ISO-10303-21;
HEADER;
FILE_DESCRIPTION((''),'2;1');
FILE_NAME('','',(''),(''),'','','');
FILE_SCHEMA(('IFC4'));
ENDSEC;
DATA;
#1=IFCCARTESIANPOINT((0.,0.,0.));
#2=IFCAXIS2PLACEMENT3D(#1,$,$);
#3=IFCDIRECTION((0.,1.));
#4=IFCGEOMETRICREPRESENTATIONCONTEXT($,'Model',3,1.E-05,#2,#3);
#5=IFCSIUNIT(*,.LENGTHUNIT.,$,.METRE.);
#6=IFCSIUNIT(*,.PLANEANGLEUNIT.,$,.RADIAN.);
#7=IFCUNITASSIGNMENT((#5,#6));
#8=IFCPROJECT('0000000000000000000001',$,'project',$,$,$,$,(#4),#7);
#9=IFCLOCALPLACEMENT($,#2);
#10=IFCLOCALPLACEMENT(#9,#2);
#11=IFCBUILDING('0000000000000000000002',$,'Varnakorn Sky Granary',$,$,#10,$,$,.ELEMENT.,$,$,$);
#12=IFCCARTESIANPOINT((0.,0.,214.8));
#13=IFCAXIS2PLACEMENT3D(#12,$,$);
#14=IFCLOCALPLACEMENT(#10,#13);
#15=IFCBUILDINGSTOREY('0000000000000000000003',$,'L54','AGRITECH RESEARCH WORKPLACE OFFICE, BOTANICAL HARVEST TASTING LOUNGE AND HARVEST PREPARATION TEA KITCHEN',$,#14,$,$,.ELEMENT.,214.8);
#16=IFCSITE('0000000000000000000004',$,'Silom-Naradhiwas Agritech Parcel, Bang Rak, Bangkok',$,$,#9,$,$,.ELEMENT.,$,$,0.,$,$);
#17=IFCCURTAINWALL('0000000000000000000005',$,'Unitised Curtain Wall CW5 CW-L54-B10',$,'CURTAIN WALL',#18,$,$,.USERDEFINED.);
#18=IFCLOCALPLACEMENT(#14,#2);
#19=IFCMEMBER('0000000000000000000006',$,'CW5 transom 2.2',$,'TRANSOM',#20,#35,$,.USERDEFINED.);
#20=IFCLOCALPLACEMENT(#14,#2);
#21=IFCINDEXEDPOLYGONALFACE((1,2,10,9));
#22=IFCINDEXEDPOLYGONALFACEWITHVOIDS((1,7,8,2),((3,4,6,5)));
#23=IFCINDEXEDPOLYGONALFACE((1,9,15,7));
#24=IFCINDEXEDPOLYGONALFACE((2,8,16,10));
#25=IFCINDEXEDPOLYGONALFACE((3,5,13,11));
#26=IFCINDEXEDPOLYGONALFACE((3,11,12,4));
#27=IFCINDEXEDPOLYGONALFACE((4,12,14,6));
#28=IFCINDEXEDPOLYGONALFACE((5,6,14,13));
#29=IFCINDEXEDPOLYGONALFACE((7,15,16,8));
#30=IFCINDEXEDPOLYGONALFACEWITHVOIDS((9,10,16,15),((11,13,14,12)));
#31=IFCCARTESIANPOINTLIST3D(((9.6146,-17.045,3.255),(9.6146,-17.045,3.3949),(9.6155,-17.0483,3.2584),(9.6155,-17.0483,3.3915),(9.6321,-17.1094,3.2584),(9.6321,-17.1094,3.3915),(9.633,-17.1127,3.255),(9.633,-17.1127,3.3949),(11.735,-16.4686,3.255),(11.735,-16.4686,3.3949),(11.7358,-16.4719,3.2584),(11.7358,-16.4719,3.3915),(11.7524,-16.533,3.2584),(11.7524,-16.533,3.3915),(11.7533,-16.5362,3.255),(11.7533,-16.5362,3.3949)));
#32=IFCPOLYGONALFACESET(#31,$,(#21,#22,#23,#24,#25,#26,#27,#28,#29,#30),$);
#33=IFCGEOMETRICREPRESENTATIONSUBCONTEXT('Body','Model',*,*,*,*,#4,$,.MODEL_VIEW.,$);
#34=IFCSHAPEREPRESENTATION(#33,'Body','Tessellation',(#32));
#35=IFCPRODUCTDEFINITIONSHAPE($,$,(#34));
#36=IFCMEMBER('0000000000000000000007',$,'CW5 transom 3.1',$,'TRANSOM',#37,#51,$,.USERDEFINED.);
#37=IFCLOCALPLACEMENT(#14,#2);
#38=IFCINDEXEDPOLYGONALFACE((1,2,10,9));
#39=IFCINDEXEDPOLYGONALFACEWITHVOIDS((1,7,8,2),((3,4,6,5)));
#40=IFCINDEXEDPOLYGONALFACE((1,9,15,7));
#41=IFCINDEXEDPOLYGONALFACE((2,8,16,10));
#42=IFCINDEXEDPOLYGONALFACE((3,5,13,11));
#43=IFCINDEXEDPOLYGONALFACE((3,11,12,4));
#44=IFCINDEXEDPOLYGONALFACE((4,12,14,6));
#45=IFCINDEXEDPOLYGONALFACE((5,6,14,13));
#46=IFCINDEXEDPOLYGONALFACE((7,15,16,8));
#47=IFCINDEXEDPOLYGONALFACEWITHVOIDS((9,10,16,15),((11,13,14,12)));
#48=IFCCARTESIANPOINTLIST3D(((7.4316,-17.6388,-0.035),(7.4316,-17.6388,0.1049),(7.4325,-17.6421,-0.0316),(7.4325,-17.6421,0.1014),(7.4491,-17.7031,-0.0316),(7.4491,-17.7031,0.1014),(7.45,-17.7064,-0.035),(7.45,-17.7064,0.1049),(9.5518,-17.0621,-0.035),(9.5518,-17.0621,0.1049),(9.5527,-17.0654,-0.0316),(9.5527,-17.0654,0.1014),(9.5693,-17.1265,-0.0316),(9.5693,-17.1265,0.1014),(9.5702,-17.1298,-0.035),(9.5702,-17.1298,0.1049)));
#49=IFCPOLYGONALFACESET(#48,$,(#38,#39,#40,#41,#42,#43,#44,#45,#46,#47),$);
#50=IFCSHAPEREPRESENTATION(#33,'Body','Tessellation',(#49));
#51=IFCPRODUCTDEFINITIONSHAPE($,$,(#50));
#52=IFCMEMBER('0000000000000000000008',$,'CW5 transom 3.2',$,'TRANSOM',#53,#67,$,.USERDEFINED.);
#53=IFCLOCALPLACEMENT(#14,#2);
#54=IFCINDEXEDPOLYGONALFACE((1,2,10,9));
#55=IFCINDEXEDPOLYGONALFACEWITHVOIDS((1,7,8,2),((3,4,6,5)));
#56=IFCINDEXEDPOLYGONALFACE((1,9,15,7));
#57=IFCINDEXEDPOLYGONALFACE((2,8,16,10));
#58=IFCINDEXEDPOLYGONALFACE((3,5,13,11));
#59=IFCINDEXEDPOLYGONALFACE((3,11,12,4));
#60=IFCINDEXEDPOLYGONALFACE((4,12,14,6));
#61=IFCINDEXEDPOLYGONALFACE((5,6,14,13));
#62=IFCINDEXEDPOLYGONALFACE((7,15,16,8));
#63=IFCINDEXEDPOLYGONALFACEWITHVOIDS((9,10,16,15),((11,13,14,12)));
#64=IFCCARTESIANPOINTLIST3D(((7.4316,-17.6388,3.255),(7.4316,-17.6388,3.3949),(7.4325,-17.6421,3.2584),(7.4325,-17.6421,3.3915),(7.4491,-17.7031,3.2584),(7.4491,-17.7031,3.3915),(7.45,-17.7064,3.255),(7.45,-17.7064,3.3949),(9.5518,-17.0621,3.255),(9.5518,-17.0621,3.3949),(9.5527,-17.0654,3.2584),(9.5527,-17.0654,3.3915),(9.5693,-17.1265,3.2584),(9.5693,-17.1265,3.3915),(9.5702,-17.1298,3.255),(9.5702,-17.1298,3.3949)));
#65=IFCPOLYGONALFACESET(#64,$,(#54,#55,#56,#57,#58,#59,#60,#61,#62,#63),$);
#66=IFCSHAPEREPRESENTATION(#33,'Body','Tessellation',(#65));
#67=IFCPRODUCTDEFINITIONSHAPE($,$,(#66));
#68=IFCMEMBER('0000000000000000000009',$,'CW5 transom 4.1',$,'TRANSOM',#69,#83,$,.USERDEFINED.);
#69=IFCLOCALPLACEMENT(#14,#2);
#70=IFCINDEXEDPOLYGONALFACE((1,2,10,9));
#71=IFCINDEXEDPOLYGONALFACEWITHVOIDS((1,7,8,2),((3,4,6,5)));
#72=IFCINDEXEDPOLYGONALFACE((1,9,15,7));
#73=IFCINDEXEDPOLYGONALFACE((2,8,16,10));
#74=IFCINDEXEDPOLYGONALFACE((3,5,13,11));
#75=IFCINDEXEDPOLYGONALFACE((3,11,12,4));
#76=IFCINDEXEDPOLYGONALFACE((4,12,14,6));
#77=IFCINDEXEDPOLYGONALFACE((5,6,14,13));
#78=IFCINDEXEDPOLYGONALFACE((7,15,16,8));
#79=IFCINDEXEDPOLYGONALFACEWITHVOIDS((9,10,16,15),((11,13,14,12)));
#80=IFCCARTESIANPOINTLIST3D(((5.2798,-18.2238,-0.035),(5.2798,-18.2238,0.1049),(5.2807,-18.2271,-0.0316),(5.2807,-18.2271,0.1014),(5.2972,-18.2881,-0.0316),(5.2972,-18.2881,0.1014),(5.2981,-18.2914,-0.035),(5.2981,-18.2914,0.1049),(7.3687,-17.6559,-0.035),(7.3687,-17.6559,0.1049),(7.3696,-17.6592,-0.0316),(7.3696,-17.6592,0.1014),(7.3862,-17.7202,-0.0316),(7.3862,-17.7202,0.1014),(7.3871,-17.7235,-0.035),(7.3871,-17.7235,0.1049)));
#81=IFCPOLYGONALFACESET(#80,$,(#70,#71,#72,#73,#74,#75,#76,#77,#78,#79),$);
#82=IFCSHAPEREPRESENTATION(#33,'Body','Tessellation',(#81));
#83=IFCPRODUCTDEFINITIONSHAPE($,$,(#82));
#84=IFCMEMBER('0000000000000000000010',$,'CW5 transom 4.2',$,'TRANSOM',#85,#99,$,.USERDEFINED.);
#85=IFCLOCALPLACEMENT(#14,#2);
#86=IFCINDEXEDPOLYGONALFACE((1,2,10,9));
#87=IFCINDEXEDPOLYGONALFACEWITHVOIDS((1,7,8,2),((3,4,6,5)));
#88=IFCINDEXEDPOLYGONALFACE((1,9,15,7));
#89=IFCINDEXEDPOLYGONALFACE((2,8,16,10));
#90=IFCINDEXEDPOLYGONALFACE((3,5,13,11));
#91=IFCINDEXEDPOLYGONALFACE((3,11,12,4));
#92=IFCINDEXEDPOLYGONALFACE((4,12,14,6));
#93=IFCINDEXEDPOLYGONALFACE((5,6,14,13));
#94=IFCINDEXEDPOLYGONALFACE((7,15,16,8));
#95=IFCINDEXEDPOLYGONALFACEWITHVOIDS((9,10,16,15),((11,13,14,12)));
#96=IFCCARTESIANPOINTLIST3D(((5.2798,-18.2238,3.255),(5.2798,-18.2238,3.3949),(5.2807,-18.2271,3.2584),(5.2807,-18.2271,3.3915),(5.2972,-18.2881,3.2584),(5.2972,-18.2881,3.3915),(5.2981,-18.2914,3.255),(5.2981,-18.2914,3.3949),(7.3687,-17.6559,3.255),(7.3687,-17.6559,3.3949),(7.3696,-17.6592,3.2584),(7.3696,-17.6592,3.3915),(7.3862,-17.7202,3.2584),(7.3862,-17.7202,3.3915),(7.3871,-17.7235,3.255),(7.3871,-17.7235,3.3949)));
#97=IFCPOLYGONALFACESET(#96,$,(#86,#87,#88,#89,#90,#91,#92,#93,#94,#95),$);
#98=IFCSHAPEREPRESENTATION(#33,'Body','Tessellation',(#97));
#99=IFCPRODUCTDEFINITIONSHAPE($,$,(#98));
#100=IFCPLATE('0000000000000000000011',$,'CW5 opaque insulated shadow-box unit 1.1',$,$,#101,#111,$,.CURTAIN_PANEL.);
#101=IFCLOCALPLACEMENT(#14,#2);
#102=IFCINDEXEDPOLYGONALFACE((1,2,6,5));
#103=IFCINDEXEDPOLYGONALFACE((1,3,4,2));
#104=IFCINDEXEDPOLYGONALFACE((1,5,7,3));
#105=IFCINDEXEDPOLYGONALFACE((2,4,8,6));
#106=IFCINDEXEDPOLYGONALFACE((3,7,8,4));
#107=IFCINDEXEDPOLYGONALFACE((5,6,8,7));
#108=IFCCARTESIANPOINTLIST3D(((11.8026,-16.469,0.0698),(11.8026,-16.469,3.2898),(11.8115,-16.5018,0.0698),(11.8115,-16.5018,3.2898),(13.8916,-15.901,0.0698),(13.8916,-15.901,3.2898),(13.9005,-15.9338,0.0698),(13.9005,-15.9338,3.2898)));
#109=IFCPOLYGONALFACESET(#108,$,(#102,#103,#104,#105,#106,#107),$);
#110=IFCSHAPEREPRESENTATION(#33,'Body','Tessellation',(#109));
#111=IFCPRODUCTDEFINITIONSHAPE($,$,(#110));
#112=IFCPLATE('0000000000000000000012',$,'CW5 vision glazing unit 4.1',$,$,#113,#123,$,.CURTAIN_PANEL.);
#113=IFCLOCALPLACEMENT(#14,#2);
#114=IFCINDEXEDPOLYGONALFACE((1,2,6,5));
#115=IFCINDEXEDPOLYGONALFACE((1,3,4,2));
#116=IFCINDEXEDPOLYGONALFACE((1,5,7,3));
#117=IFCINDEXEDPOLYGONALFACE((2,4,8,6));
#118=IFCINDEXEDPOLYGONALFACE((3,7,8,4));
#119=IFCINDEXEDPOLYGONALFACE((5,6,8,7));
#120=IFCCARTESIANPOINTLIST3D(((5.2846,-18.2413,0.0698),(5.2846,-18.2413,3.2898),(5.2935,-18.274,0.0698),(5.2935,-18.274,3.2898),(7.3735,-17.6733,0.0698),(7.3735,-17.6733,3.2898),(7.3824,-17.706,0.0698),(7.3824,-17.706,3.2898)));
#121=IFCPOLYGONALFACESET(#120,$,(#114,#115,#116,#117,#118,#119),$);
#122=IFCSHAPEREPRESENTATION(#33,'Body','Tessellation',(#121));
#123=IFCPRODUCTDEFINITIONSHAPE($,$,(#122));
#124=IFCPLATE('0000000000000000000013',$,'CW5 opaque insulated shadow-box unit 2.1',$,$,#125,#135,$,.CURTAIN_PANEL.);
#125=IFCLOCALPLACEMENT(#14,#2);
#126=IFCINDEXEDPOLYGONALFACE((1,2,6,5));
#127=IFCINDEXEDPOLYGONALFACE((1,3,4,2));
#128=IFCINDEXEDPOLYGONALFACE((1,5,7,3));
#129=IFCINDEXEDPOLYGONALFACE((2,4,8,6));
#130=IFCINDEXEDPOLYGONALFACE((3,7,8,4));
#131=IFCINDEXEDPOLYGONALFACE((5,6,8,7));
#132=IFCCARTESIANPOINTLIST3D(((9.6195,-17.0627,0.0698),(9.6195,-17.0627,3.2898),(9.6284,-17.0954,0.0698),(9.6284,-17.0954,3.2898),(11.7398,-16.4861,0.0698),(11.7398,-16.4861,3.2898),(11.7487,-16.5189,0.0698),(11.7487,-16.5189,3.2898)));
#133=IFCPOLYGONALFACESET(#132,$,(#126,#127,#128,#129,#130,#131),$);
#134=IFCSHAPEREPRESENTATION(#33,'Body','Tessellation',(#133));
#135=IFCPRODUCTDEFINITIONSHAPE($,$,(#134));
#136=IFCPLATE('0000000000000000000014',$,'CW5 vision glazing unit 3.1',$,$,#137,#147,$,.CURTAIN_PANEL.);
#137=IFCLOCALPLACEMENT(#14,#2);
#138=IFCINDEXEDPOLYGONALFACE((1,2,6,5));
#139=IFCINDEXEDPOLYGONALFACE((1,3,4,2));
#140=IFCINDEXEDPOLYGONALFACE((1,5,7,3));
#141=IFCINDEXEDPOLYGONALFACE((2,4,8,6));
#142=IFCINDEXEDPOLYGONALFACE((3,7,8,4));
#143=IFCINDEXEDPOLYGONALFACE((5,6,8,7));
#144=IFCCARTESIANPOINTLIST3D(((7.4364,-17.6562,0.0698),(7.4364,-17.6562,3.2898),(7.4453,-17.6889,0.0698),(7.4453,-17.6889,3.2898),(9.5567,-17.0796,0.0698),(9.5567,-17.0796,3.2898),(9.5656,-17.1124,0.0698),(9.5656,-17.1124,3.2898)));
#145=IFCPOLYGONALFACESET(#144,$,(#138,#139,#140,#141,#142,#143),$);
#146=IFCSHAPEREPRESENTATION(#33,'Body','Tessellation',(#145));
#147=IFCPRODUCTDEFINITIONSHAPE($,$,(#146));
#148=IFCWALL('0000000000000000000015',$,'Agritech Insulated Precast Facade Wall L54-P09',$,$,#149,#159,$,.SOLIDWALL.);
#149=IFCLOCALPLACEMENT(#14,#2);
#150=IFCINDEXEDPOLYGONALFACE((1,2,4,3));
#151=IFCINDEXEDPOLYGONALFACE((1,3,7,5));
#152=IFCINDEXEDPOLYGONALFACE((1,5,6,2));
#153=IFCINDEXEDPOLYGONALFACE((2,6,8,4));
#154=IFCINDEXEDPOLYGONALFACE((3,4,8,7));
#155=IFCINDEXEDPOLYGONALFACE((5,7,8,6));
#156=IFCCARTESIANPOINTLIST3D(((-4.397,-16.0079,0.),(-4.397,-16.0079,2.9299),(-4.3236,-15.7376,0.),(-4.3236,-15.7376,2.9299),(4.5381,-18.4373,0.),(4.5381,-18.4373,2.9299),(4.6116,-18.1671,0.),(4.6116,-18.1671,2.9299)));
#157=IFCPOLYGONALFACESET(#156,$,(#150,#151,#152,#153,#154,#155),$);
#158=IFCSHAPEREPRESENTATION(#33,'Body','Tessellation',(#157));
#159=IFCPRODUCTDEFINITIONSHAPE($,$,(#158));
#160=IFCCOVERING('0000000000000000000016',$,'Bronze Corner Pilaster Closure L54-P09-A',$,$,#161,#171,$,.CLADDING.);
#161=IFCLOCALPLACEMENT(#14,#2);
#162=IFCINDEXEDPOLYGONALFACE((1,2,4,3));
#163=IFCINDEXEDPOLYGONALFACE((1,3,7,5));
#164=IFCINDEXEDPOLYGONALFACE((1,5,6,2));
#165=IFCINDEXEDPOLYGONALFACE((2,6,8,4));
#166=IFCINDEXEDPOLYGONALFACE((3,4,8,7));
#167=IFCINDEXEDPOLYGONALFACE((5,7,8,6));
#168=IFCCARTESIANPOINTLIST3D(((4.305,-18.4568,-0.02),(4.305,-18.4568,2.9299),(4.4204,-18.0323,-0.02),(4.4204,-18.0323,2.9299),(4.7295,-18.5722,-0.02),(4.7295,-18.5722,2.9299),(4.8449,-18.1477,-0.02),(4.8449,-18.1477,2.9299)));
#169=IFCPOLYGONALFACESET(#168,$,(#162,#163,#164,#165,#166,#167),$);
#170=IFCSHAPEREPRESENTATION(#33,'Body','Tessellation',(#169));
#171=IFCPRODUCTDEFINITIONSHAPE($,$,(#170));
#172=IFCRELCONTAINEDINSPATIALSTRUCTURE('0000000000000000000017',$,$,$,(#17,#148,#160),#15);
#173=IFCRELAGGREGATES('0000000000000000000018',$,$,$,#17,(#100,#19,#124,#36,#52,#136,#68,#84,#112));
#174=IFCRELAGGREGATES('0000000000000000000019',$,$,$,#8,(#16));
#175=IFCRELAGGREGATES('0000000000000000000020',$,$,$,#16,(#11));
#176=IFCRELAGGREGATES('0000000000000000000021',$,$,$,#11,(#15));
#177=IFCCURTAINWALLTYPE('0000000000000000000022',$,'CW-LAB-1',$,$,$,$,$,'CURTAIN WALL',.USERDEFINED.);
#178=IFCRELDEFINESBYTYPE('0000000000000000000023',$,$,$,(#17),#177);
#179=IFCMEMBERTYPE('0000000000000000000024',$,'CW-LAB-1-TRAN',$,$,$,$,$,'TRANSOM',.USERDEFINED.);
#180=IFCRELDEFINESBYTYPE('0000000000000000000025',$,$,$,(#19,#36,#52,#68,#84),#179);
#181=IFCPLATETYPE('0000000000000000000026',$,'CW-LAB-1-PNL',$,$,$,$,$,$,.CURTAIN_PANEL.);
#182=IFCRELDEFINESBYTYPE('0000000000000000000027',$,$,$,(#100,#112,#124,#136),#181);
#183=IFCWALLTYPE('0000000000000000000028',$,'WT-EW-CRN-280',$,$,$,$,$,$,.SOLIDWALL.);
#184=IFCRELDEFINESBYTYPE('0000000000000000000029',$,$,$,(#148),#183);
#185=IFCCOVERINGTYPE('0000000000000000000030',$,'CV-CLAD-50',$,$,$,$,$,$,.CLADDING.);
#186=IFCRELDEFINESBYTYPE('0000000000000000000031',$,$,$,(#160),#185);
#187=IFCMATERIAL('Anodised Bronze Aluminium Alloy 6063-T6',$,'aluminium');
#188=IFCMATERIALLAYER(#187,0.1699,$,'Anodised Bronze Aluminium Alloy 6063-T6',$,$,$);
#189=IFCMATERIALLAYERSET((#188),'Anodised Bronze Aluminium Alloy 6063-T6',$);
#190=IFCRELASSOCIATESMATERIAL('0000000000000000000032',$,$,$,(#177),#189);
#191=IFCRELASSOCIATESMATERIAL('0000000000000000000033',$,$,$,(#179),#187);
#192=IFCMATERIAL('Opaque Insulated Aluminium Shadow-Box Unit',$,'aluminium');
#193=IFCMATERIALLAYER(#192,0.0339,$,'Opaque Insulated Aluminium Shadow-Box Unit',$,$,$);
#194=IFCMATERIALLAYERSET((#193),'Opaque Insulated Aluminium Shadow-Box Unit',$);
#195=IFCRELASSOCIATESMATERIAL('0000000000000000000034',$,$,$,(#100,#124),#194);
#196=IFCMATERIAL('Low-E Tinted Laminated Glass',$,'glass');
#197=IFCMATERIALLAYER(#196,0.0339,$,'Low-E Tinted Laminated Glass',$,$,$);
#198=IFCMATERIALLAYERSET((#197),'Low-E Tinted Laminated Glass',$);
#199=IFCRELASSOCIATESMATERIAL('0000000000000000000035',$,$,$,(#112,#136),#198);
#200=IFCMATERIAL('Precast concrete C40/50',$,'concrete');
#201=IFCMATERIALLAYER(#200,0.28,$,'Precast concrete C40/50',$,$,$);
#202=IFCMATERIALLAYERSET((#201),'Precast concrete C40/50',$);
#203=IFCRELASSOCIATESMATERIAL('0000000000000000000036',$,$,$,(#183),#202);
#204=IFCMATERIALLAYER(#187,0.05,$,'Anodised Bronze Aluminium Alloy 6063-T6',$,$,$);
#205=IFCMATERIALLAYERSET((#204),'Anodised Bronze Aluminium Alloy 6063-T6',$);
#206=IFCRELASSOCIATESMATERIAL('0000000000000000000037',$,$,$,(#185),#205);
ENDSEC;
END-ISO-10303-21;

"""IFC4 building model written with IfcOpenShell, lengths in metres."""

from ifc_helpers import new_model, si_unit, direction, frame, frame_2d, origin, origin_2d, place, context, subcontext, project, spatial, rectangle, hollow_rectangle, extrude, source, transform, mapped, material, layer, layer_set, material_profile, profile_set, type_object, type_shapes, element, aggregate, save


model = new_model("IFC4")

# Units and contexts
model_context = context("Model", 3, precision=1e-05, world=origin(), true_north=direction((0.0, 1.0)))
body_context = subcontext(model_context, "Body", "Model", "MODEL_VIEW")
ifc_project = project(units=[si_unit("LENGTHUNIT", "METRE"), si_unit("PLANEANGLEUNIT", "RADIAN")], contexts=[model_context])

# Site, building, storey
site_placement = place(None, origin())
site = spatial("IfcSite", under=ifc_project, at=site_placement, Name="Silom-Naradhiwas Agritech Parcel, Bang Rak, Bangkok", CompositionType="ELEMENT", RefElevation=0.0)
building_placement = place(site_placement, origin())
building = spatial("IfcBuilding", under=site, at=building_placement, Name="Varnakorn Sky Granary", CompositionType="ELEMENT")
storey_placement = place(building_placement, frame((0.0, 0.0, 214.8)))
storey = spatial("IfcBuildingStorey", under=building, at=storey_placement, Name="L54", Description="AGRITECH RESEARCH WORKPLACE OFFICE, BOTANICAL HARVEST TASTING LOUNGE AND HARVEST PREPARATION TEA KITCHEN", CompositionType="ELEMENT", Elevation=214.8)

# Curtain wall, members, plates
ifc_material_1 = material(Name="Anodised Bronze Aluminium Alloy 6063-T6", Category="aluminium")
ifc_layer_1 = layer(ifc_material_1, 0.1699, Name="Anodised Bronze Aluminium Alloy 6063-T6")
ifc_layer_set_1 = layer_set([ifc_layer_1], Name="Anodised Bronze Aluminium Alloy 6063-T6")
curtain_wall_type = type_object("IfcCurtainWallType", Name="CW-LAB-1", ElementType="CURTAIN WALL", PredefinedType="USERDEFINED", material=ifc_layer_set_1)
curtain_wall_placement = place(storey_placement, origin())
curtain_wall = element("IfcCurtainWall", 1, at=curtain_wall_placement, inside=storey, type_object=curtain_wall_type, Name="Unitised Curtain Wall CW5 CW-L54-B10", ObjectType="CURTAIN WALL", PredefinedType="USERDEFINED")
ifc_material_profile_1 = material_profile(ifc_material_1, hollow_rectangle(XDim=0.0701, YDim=0.1399, WallThickness=0.0034, at=origin_2d()), Name="ALU TRAN 70x140")
ifc_profile_set_1 = profile_set([ifc_material_profile_1], Name="Anodised Bronze Aluminium Alloy 6063-T6")
member_type_1 = type_object("IfcMemberType", Name="CW-LAB-1-TRAN", ElementType="TRANSOM", PredefinedType="USERDEFINED", material=ifc_profile_set_1)
member_1_placement = place(storey_placement, frame((11.7441, -16.5024, 3.325), z_axis=(-0.964979, -0.262328, 0.0), x_axis=(0.262328, -0.964979, 0.0)))
member_1 = element("IfcMember", 2, at=member_1_placement, type_object=member_type_1, Name="CW5 transom 2.2", ObjectType="TRANSOM", PredefinedType="USERDEFINED", context=body_context, shape_type="SweptSolid", body=[
    extrude(hollow_rectangle(XDim=0.0701, YDim=0.1399, WallThickness=0.0034, at=origin_2d()), origin(), (0.0, 0.0, 1.0), 2.1973),
])
member_2_placement = place(storey_placement, frame((9.561, -17.0959, 0.0349), z_axis=(-0.964951, -0.262431, 0.0), x_axis=(0.262431, -0.964951, 0.0)))
member_2 = element("IfcMember", 3, at=member_2_placement, type_object=member_type_1, Name="CW5 transom 3.1", ObjectType="TRANSOM", PredefinedType="USERDEFINED", context=body_context, shape_type="SweptSolid", body=[
    extrude(hollow_rectangle(XDim=0.0701, YDim=0.1399, WallThickness=0.0034, at=origin_2d()), origin(), (0.0, 0.0, 1.0), 2.1973),
])
member_3_placement = place(storey_placement, frame((9.561, -17.0959, 3.325), z_axis=(-0.964951, -0.262431, 0.0), x_axis=(0.262431, -0.964951, 0.0)))
member_3 = element("IfcMember", 4, at=member_3_placement, type_object=member_type_1, Name="CW5 transom 3.2", ObjectType="TRANSOM", PredefinedType="USERDEFINED", context=body_context, shape_type="SweptSolid", body=[
    extrude(hollow_rectangle(XDim=0.0701, YDim=0.1399, WallThickness=0.0034, at=origin_2d()), origin(), (0.0, 0.0, 1.0), 2.1973),
])
member_4_placement = place(storey_placement, frame((7.3779, -17.6897, 0.0349), z_axis=(-0.964977, -0.262335, 0.0), x_axis=(0.262335, -0.964977, 0.0)))
member_4 = element("IfcMember", 5, at=member_4_placement, type_object=member_type_1, Name="CW5 transom 4.1", ObjectType="TRANSOM", PredefinedType="USERDEFINED", context=body_context, shape_type="SweptSolid", body=[
    extrude(hollow_rectangle(XDim=0.0701, YDim=0.1399, WallThickness=0.0034, at=origin_2d()), origin(), (0.0, 0.0, 1.0), 2.1648),
])
member_5_placement = place(storey_placement, frame((7.3779, -17.6897, 3.325), z_axis=(-0.964977, -0.262335, 0.0), x_axis=(0.262335, -0.964977, 0.0)))
member_5 = element("IfcMember", 6, at=member_5_placement, type_object=member_type_1, Name="CW5 transom 4.2", ObjectType="TRANSOM", PredefinedType="USERDEFINED", context=body_context, shape_type="SweptSolid", body=[
    extrude(hollow_rectangle(XDim=0.0701, YDim=0.1399, WallThickness=0.0034, at=origin_2d()), origin(), (0.0, 0.0, 1.0), 2.1648),
])
ifc_material_2 = material(Name="Opaque Insulated Aluminium Shadow-Box Unit", Category="aluminium")
ifc_layer_2 = layer(ifc_material_2, 0.0339, Name="Opaque Insulated Aluminium Shadow-Box Unit")
ifc_layer_set_2 = layer_set([ifc_layer_2], Name="Opaque Insulated Aluminium Shadow-Box Unit")
plate_type = type_object("IfcPlateType", Name="CW-LAB-1-PNL", PredefinedType="CURTAIN_PANEL")
shared_shape_1 = source(origin(), body_context, "Body", "SweptSolid", [
    extrude(rectangle(XDim=2.1648, YDim=0.0339, at=origin_2d()), origin(), (0.0, 0.0, 1.0), 3.22),
])
plate_1_placement = place(storey_placement, frame((12.8516, -16.2014, 0.0698), z_axis=(0.0, 0.0, 1.0), x_axis=(-0.964964, -0.262381, 0.0)))
plate_1 = element("IfcPlate", 7, at=plate_1_placement, type_object=plate_type, material=ifc_layer_set_2, Name="CW5 opaque insulated shadow-box unit 1.1", PredefinedType="CURTAIN_PANEL", context=body_context, shape_type="MappedRepresentation", body=[
    mapped(shared_shape_1, transform((0.0, 0.0, 0.0), x_axis=(1.0, 0.0, 0.0), y_axis=(0.0, 1.0, 0.0), z_axis=(0.0, 0.0, 1.0), scale=1.0)),
])
ifc_material_3 = material(Name="Low-E Tinted Laminated Glass", Category="glass")
ifc_layer_3 = layer(ifc_material_3, 0.0339, Name="Low-E Tinted Laminated Glass")
ifc_layer_set_3 = layer_set([ifc_layer_3], Name="Low-E Tinted Laminated Glass")
plate_2_placement = place(storey_placement, frame((6.3335, -17.9736, 0.0698), z_axis=(0.0, 0.0, 1.0), x_axis=(-0.964964, -0.262381, 0.0)))
plate_2 = element("IfcPlate", 8, at=plate_2_placement, type_object=plate_type, material=ifc_layer_set_3, Name="CW5 vision glazing unit 4.1", PredefinedType="CURTAIN_PANEL", context=body_context, shape_type="MappedRepresentation", body=[
    mapped(shared_shape_1, transform((0.0, 0.0, 0.0), x_axis=(1.0, 0.0, 0.0), y_axis=(0.0, 1.0, 0.0), z_axis=(0.0, 0.0, 1.0), scale=1.0)),
])
shared_shape_2 = source(origin(), body_context, "Body", "SweptSolid", [
    extrude(rectangle(XDim=2.1973, YDim=0.0339, at=origin_2d()), origin(), (0.0, 0.0, 1.0), 3.22),
])
type_shapes(plate_type, [shared_shape_1, shared_shape_2])
plate_3_placement = place(storey_placement, frame((10.6841, -16.7908, 0.0698), z_axis=(0.0, 0.0, 1.0), x_axis=(-0.964964, -0.262381, 0.0)))
plate_3 = element("IfcPlate", 9, at=plate_3_placement, type_object=plate_type, material=ifc_layer_set_2, Name="CW5 opaque insulated shadow-box unit 2.1", PredefinedType="CURTAIN_PANEL", context=body_context, shape_type="MappedRepresentation", body=[
    mapped(shared_shape_2, transform((0.0, 0.0, 0.0), x_axis=(1.0, 0.0, 0.0), y_axis=(0.0, 1.0, 0.0), z_axis=(0.0, 0.0, 1.0), scale=1.0)),
])
plate_4_placement = place(storey_placement, frame((8.501, -17.3843, 0.0698), z_axis=(0.0, 0.0, 1.0), x_axis=(-0.964964, -0.262381, 0.0)))
plate_4 = element("IfcPlate", 10, at=plate_4_placement, type_object=plate_type, material=ifc_layer_set_3, Name="CW5 vision glazing unit 3.1", PredefinedType="CURTAIN_PANEL", context=body_context, shape_type="MappedRepresentation", body=[
    mapped(shared_shape_2, transform((0.0, 0.0, 0.0), x_axis=(1.0, 0.0, 0.0), y_axis=(0.0, 1.0, 0.0), z_axis=(0.0, 0.0, 1.0), scale=1.0)),
])
aggregate(curtain_wall, [plate_1, member_1, plate_3, member_2, member_3, plate_4, member_4, member_5, plate_2])

# Wall
ifc_material_4 = material(Name="Precast concrete C40/50", Category="concrete")
ifc_layer_4 = layer(ifc_material_4, 0.28, Name="Precast concrete C40/50")
ifc_layer_set_4 = layer_set([ifc_layer_4], Name="Precast concrete C40/50")
wall_type = type_object("IfcWallType", Name="WT-EW-CRN-280", PredefinedType="SOLIDWALL", material=ifc_layer_set_4)
wall_placement = place(storey_placement, frame((4.575, -18.3022, 0.0), z_axis=(0.0, 0.0, 1.0), x_axis=(-0.964966, 0.262374, 0.0)))
element("IfcWall", 11, at=wall_placement, inside=storey, type_object=wall_type, Name="Agritech Insulated Precast Facade Wall L54-P09", PredefinedType="SOLIDWALL", context=body_context, shape_type="SweptSolid", body=[
    extrude(rectangle(XDim=9.2595, YDim=0.28, at=frame_2d((4.6299, 0.0))), origin(), (0.0, 0.0, 1.0), 2.9299),
])

# Covering
ifc_layer_5 = layer(ifc_material_1, 0.05, Name="Anodised Bronze Aluminium Alloy 6063-T6")
ifc_layer_set_5 = layer_set([ifc_layer_5], Name="Anodised Bronze Aluminium Alloy 6063-T6")
covering_type = type_object("IfcCoveringType", Name="CV-CLAD-50", PredefinedType="CLADDING", material=ifc_layer_set_5)
shared_shape_3 = source(origin(), body_context, "Body", "SweptSolid", [
    extrude(rectangle(XDim=0.4399, YDim=0.4399, at=origin_2d()), origin(), (0.0, 0.0, 1.0), 2.95),
])
type_shapes(covering_type, [shared_shape_3])
covering_placement = place(storey_placement, frame((4.575, -18.3022, -0.02), z_axis=(0.0, 0.0, 1.0), x_axis=(-0.964971, 0.262358, 0.0)))
element("IfcCovering", 12, at=covering_placement, inside=storey, type_object=covering_type, Name="Bronze Corner Pilaster Closure L54-P09-A", PredefinedType="CLADDING", context=body_context, shape_type="MappedRepresentation", body=[
    mapped(shared_shape_3, transform((0.0, 0.0, 0.0), x_axis=(1.0, 0.0, 0.0), y_axis=(0.0, 1.0, 0.0), z_axis=(0.0, 0.0, 1.0), scale=1.0)),
])

save(model, "model.ifc")
